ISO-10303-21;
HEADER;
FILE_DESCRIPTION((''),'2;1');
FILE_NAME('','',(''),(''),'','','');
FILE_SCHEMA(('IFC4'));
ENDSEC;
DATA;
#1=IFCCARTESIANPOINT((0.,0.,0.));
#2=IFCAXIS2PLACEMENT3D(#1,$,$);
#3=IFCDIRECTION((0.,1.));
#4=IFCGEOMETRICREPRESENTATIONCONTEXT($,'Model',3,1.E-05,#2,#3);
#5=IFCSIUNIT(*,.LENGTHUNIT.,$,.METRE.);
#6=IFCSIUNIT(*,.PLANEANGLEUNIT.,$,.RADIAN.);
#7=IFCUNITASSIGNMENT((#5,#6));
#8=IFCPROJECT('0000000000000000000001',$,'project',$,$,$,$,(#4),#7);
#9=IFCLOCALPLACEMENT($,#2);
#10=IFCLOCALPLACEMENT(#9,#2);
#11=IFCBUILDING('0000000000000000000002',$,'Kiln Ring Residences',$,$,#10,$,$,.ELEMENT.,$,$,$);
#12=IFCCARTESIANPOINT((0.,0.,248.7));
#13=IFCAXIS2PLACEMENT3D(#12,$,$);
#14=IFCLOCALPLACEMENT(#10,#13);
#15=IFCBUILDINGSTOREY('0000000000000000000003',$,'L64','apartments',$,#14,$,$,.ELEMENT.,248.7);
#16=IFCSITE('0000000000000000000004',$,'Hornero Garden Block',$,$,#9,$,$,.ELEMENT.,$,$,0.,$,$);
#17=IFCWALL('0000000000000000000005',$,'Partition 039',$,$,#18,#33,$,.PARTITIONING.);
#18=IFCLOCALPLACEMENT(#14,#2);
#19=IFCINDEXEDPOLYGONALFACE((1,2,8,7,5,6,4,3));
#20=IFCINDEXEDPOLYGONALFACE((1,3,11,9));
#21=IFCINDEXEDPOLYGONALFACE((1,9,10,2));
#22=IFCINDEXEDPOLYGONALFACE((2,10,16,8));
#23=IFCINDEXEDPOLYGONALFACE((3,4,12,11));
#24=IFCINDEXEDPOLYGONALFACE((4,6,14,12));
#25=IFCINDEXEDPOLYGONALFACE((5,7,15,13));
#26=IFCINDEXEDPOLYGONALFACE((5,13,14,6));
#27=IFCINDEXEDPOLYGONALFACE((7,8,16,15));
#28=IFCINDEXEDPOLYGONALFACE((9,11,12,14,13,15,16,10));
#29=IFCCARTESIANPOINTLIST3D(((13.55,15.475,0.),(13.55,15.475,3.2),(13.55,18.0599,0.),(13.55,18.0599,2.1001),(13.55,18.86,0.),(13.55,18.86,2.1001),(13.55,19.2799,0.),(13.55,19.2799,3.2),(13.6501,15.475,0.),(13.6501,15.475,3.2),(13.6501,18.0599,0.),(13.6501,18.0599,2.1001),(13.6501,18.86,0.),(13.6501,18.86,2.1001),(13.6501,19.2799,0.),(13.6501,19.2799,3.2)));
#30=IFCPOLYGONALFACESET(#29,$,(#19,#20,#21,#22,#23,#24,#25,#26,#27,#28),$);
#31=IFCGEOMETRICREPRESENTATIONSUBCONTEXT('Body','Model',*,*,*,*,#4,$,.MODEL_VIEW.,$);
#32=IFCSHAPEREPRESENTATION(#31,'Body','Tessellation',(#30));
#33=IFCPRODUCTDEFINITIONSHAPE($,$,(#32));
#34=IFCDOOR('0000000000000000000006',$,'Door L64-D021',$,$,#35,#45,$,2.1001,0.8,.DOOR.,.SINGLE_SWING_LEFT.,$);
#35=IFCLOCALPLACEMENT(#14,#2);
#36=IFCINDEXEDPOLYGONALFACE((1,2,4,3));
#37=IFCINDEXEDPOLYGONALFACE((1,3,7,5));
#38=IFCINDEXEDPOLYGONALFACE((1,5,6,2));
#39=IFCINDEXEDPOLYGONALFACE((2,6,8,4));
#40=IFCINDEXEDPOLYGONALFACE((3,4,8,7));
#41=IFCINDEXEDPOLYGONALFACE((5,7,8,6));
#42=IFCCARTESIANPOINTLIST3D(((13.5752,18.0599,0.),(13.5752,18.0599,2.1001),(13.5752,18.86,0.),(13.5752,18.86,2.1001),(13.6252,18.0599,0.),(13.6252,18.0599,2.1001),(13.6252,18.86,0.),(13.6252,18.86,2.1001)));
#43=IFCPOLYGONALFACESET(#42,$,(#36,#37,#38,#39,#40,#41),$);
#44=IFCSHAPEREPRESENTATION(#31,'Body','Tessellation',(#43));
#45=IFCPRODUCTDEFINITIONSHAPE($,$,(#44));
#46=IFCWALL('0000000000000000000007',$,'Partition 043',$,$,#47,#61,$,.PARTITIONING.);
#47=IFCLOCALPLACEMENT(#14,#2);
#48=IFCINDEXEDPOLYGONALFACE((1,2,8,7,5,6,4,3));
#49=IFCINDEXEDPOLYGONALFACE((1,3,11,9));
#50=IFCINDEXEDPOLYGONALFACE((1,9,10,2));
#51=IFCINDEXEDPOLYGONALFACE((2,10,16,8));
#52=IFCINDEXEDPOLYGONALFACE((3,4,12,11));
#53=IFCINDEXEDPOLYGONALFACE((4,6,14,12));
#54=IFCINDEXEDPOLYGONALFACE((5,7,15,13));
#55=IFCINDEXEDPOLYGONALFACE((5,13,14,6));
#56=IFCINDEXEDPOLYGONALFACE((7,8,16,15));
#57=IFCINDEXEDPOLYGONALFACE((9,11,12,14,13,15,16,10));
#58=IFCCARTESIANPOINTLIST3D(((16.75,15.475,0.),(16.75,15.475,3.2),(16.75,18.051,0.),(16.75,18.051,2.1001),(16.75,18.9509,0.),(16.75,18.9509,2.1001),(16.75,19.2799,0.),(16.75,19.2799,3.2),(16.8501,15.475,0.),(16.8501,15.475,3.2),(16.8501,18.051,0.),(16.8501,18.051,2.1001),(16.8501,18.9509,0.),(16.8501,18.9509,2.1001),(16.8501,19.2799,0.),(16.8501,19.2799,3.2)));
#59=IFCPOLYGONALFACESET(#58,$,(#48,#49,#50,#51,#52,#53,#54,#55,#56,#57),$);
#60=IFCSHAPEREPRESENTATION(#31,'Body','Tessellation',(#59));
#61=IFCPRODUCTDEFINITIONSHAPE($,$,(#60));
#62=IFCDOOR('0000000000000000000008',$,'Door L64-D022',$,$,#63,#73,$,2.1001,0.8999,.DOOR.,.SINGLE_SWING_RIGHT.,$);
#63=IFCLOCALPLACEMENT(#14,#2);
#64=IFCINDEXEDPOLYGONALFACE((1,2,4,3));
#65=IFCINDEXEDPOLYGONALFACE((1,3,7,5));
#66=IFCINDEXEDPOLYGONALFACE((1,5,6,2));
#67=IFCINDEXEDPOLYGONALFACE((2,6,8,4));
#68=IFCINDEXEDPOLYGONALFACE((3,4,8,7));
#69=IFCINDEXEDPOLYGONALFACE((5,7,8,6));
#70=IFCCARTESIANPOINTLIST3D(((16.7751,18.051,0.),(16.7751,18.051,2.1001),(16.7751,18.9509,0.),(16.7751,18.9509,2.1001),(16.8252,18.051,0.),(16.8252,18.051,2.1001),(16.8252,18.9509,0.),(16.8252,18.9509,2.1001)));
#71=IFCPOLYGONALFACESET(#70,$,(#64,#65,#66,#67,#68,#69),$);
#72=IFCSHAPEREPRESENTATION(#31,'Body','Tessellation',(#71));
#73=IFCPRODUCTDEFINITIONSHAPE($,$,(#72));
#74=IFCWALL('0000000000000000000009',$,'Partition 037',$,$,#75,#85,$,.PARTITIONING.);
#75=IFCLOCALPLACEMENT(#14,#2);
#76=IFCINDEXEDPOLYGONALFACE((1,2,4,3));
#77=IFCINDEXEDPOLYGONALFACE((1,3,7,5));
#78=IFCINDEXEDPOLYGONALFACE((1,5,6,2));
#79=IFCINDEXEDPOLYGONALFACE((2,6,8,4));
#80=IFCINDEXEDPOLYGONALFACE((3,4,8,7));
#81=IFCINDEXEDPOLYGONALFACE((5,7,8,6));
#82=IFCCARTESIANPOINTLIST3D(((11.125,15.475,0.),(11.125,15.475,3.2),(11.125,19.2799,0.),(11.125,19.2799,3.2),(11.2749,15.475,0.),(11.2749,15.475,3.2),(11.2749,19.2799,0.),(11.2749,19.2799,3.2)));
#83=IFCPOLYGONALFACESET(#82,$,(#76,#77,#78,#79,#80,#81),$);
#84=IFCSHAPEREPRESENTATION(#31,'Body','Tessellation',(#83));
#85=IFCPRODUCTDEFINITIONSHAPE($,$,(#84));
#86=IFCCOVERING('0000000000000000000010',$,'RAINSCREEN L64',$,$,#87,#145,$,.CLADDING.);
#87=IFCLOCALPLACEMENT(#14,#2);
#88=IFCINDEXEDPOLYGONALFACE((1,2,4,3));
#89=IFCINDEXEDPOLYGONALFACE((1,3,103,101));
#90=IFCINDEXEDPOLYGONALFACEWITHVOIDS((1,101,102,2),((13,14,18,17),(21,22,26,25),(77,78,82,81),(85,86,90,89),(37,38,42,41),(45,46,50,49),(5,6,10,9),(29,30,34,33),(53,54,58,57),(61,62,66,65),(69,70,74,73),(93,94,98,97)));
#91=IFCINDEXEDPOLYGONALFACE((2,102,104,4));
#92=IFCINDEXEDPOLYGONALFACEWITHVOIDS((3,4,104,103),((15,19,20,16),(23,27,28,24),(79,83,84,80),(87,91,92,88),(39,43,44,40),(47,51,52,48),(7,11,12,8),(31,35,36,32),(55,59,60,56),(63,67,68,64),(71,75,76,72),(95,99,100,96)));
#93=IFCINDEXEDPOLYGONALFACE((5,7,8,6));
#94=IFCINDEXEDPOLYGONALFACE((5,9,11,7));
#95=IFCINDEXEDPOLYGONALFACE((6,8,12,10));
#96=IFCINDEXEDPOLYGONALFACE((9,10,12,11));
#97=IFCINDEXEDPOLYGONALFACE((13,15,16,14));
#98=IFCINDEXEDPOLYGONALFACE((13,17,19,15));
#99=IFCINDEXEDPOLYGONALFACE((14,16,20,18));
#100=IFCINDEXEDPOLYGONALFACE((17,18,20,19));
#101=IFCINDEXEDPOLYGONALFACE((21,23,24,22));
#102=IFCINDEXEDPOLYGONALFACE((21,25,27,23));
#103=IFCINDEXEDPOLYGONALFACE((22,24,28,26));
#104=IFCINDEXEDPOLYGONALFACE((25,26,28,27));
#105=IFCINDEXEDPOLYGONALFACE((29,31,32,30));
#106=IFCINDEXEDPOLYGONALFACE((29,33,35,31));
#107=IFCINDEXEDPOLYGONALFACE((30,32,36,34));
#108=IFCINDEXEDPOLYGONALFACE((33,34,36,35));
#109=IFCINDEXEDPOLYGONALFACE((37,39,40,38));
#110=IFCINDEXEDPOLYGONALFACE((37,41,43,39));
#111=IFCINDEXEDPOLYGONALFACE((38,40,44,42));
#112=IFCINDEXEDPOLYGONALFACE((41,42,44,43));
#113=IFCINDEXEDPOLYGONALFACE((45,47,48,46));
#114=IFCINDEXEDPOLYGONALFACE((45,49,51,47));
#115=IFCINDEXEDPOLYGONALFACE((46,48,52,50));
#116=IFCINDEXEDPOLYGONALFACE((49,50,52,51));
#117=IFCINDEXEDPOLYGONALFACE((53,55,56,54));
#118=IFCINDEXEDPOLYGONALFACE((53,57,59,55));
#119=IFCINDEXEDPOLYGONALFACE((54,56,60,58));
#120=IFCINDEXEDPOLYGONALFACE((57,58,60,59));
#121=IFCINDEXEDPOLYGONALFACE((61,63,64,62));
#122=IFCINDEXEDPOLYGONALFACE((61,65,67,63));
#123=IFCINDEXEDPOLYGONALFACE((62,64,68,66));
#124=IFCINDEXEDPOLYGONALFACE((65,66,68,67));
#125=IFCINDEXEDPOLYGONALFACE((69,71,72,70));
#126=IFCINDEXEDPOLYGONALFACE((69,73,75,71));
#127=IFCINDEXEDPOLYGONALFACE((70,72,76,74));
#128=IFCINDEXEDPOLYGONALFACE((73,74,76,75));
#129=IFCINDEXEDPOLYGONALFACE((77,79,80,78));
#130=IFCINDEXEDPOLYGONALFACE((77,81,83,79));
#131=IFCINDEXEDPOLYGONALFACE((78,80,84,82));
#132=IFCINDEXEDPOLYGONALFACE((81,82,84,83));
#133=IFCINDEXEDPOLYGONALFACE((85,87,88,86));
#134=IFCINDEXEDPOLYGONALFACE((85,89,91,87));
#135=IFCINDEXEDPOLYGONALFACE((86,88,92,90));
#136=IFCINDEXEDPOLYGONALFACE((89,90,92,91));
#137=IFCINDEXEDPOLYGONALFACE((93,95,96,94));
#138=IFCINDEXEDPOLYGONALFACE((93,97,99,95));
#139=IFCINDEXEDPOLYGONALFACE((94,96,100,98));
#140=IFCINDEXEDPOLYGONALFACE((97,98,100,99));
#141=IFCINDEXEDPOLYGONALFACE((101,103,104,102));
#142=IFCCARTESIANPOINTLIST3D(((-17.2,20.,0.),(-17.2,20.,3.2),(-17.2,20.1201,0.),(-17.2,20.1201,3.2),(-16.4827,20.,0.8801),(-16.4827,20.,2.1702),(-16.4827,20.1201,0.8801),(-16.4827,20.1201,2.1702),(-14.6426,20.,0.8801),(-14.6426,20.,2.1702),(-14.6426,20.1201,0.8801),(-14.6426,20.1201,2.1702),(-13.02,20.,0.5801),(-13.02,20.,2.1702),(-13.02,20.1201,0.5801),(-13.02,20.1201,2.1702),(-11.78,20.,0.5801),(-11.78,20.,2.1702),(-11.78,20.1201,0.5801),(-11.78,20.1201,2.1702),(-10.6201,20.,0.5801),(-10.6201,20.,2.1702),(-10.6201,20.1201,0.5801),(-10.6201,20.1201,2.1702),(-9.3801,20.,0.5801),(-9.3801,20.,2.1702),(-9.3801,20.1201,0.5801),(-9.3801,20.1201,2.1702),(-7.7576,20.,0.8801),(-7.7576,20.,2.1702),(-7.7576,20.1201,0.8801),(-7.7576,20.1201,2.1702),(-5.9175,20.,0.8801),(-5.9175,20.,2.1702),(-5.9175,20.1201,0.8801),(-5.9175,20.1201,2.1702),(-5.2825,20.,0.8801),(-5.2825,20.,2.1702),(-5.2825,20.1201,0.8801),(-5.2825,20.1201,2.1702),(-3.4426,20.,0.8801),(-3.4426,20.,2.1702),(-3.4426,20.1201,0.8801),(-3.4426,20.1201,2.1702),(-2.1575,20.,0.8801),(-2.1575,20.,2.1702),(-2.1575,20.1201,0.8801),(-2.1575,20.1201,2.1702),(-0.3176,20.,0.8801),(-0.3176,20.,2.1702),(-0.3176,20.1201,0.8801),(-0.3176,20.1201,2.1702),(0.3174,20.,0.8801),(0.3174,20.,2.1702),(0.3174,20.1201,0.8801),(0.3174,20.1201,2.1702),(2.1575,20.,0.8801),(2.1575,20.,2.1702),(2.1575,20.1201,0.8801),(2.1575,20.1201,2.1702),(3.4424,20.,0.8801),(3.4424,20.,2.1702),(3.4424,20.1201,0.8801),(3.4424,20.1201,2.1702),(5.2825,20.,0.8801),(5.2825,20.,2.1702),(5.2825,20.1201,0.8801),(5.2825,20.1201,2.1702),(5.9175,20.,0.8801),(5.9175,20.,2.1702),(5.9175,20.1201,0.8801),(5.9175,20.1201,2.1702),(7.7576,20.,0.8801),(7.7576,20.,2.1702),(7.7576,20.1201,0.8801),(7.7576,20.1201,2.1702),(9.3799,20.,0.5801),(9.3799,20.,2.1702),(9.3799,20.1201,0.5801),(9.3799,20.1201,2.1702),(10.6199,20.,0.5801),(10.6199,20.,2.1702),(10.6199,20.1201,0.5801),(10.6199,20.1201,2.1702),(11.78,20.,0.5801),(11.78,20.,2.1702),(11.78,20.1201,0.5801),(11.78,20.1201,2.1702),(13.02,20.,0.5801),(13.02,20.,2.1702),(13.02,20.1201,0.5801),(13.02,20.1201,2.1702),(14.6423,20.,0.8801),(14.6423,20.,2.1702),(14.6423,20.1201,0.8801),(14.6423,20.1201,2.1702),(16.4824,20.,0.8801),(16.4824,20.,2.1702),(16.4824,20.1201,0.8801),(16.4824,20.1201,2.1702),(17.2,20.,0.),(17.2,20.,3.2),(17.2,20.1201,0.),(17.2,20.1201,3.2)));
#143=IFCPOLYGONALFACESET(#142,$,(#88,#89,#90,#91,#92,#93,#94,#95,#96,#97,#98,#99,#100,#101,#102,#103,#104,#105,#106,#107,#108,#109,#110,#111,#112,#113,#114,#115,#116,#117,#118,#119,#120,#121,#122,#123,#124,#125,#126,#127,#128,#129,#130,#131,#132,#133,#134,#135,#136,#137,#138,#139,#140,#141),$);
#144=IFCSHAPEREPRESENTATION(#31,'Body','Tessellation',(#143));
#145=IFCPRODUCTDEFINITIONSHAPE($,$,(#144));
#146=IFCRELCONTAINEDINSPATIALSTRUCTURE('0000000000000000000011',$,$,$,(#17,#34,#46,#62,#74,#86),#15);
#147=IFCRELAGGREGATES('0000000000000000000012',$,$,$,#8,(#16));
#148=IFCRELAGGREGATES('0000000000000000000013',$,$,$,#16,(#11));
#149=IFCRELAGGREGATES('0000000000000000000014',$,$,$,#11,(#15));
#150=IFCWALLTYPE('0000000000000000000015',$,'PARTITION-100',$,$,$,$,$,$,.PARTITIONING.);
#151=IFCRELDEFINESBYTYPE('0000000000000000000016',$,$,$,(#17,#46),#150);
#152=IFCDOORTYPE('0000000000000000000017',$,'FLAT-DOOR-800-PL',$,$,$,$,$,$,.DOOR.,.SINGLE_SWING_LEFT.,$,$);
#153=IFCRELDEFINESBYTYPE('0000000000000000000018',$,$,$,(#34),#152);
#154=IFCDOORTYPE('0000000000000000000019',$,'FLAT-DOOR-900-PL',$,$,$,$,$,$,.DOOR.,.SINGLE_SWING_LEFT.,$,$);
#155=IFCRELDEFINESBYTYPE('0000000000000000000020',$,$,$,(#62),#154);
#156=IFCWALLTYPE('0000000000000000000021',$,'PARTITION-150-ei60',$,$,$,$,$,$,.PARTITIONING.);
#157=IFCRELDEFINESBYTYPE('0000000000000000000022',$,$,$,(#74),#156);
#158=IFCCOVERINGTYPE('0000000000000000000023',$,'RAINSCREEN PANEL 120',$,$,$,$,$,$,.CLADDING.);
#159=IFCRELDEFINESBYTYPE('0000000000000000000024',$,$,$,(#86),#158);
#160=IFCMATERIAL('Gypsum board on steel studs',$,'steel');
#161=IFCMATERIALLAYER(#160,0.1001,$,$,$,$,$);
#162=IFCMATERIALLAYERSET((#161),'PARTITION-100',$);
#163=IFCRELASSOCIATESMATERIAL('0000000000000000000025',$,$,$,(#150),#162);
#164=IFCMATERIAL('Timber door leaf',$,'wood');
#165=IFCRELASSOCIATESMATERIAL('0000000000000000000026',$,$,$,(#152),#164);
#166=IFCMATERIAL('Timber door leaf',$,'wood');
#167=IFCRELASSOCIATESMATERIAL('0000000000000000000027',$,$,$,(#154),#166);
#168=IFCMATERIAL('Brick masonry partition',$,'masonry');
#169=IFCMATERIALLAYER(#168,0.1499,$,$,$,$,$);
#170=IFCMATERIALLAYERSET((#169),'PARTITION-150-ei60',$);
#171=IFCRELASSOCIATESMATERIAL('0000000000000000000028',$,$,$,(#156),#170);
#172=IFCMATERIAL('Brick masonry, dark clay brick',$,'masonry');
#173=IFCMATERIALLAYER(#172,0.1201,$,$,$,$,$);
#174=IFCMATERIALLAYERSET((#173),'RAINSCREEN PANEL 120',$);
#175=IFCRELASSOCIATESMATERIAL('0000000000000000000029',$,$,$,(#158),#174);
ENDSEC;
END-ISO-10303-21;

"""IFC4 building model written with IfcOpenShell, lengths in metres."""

from ifc_helpers import new_model, si_unit, direction, frame, frame_2d, origin, place, context, subcontext, project, spatial, polyline, rectangle, outline, extrude, material, layer, layer_set, type_object, element, fill, save


model = new_model("IFC4")

# Units and contexts
model_context = context("Model", 3, precision=1e-05, world=origin(), true_north=direction((0.0, 1.0)))
body_context = subcontext(model_context, "Body", "Model", "MODEL_VIEW")
ifc_project = project(units=[si_unit("LENGTHUNIT", "METRE"), si_unit("PLANEANGLEUNIT", "RADIAN")], contexts=[model_context])

# Site, building, storey
site_placement = place(None, origin())
site = spatial("IfcSite", under=ifc_project, at=site_placement, Name="Hornero Garden Block", CompositionType="ELEMENT", RefElevation=0.0)
building_placement = place(site_placement, origin())
building = spatial("IfcBuilding", under=site, at=building_placement, Name="Kiln Ring Residences", CompositionType="ELEMENT")
storey_placement = place(building_placement, frame((0.0, 0.0, 248.7)))
storey = spatial("IfcBuildingStorey", under=building, at=storey_placement, Name="L64", Description="apartments", CompositionType="ELEMENT", Elevation=248.7)

# Walls, openings, doors
ifc_material_1 = material(Name="Gypsum board on steel studs", Category="steel")
ifc_layer_1 = layer(ifc_material_1, 0.1001)
ifc_layer_set_1 = layer_set([ifc_layer_1], Name="PARTITION-100")
wall_type_1 = type_object("IfcWallType", Name="PARTITION-100", PredefinedType="PARTITIONING", material=ifc_layer_set_1)
wall_1_placement = place(storey_placement, frame((13.6001, 15.4751, 0.0), z_axis=(0.0, 0.0, 1.0), x_axis=(0.0, 1.0, 0.0)))
wall_1 = element("IfcWall", 1, at=wall_1_placement, inside=storey, type_object=wall_type_1, Name="Partition 039", PredefinedType="PARTITIONING", context=body_context, shape_type="SweptSolid", body=[
    extrude(rectangle(XDim=3.8049, YDim=0.1001, at=frame_2d((1.9023, 0.0))), origin(), (0.0, 0.0, 1.0), 3.2),
])
opening_1_placement = place(wall_1_placement, frame((2.585, 0.0, 0.0)))
opening_1 = element("IfcOpeningElement", 2, at=opening_1_placement, cuts=wall_1, PredefinedType="OPENING", context=body_context, shape_type="SweptSolid", body=[
    extrude(rectangle(XDim=0.8, YDim=2.1001, at=frame_2d((0.3999, 1.05))), frame((0.0, 0.0601, 0.0), z_axis=(0.0, -1.0, 0.0), x_axis=(1.0, 0.0, 0.0)), (0.0, 0.0, 1.0), 0.1201),
])
ifc_material_2 = material(Name="Timber door leaf", Category="wood")
door_type_1 = type_object("IfcDoorType", Name="FLAT-DOOR-800-PL", OperationType="SINGLE_SWING_LEFT", PredefinedType="DOOR", material=ifc_material_2)
door_1_placement = place(opening_1_placement, origin())
door_1 = element("IfcDoor", 3, at=door_1_placement, inside=storey, type_object=door_type_1, Name="Door L64-D021", OperationType="SINGLE_SWING_LEFT", OverallHeight=2.1001, OverallWidth=0.8, PredefinedType="DOOR", context=body_context, shape_type="SweptSolid", body=[
    extrude(rectangle(XDim=0.8, YDim=2.1001, at=frame_2d((0.3999, 1.05))), frame((0.0, 0.0249, 0.0), z_axis=(0.0, -1.0, 0.0), x_axis=(1.0, 0.0, 0.0)), (0.0, 0.0, 1.0), 0.05),
])
fill(opening_1, door_1)
wall_2_placement = place(storey_placement, frame((16.8, 15.4751, 0.0), z_axis=(0.0, 0.0, 1.0), x_axis=(0.0, 1.0, 0.0)))
wall_2 = element("IfcWall", 4, at=wall_2_placement, inside=storey, type_object=wall_type_1, Name="Partition 043", PredefinedType="PARTITIONING", context=body_context, shape_type="SweptSolid", body=[
    extrude(rectangle(XDim=3.8049, YDim=0.1001, at=frame_2d((1.9023, 0.0))), origin(), (0.0, 0.0, 1.0), 3.2),
])
opening_2_placement = place(wall_2_placement, frame((2.5759, 0.0, 0.0)))
opening_2 = element("IfcOpeningElement", 5, at=opening_2_placement, cuts=wall_2, PredefinedType="OPENING", context=body_context, shape_type="SweptSolid", body=[
    extrude(rectangle(XDim=0.8999, YDim=2.1001, at=frame_2d((0.45, 1.05))), frame((0.0, 0.0601, 0.0), z_axis=(0.0, -1.0, 0.0), x_axis=(1.0, 0.0, 0.0)), (0.0, 0.0, 1.0), 0.1201),
])
ifc_material_3 = material(Name="Timber door leaf", Category="wood")
door_type_2 = type_object("IfcDoorType", Name="FLAT-DOOR-900-PL", OperationType="SINGLE_SWING_LEFT", PredefinedType="DOOR", material=ifc_material_3)
door_2_placement = place(opening_2_placement, origin())
door_2 = element("IfcDoor", 6, at=door_2_placement, inside=storey, type_object=door_type_2, Name="Door L64-D022", OperationType="SINGLE_SWING_RIGHT", OverallHeight=2.1001, OverallWidth=0.8999, PredefinedType="DOOR", context=body_context, shape_type="SweptSolid", body=[
    extrude(rectangle(XDim=0.8999, YDim=2.1001, at=frame_2d((0.45, 1.05))), frame((0.0, 0.0249, 0.0), z_axis=(0.0, -1.0, 0.0), x_axis=(1.0, 0.0, 0.0)), (0.0, 0.0, 1.0), 0.05),
])
fill(opening_2, door_2)

# Wall
ifc_material_4 = material(Name="Brick masonry partition", Category="masonry")
ifc_layer_2 = layer(ifc_material_4, 0.1499)
ifc_layer_set_2 = layer_set([ifc_layer_2], Name="PARTITION-150-ei60")
wall_type_2 = type_object("IfcWallType", Name="PARTITION-150-ei60", PredefinedType="PARTITIONING", material=ifc_layer_set_2)
wall_3_placement = place(storey_placement, frame((11.2, 15.4751, 0.0), z_axis=(0.0, 0.0, 1.0), x_axis=(0.0, 1.0, 0.0)))
element("IfcWall", 7, at=wall_3_placement, inside=storey, type_object=wall_type_2, Name="Partition 037", PredefinedType="PARTITIONING", context=body_context, shape_type="SweptSolid", body=[
    extrude(rectangle(XDim=3.8049, YDim=0.1499, at=frame_2d((1.9023, 0.0))), origin(), (0.0, 0.0, 1.0), 3.2),
])

# Covering
ifc_material_5 = material(Name="Brick masonry, dark clay brick", Category="masonry")
ifc_layer_3 = layer(ifc_material_5, 0.1201)
ifc_layer_set_3 = layer_set([ifc_layer_3], Name="RAINSCREEN PANEL 120")
covering_type = type_object("IfcCoveringType", Name="RAINSCREEN PANEL 120", PredefinedType="CLADDING", material=ifc_layer_set_3)
covering_placement = place(storey_placement, frame((17.2, 20.0601, 0.0), z_axis=(0.0, 0.0, 1.0), x_axis=(-1.0, 0.0, 0.0)))
element("IfcCovering", 8, at=covering_placement, inside=storey, type_object=covering_type, Name="RAINSCREEN L64", PredefinedType="CLADDING", context=body_context, shape_type="SweptSolid", body=[
    extrude(outline(polyline([(0.0, 0.0), (34.3999, 0.0), (34.3999, 3.2), (0.0, 3.2), (0.0, 0.0)]), holes=[polyline([(4.1799, 0.5801), (5.4199, 0.5801), (5.4199, 2.1702), (4.1799, 2.1702), (4.1799, 0.5801)]), polyline([(6.5801, 2.1702), (6.5801, 0.5801), (7.8201, 0.5801), (7.8201, 2.1702), (6.5801, 2.1702)]), polyline([(0.7175, 2.1702), (0.7175, 0.8801), (2.5576, 0.8801), (2.5576, 2.1702), (0.7175, 2.1702)]), polyline([(9.4424, 0.8801), (11.2825, 0.8801), (11.2825, 2.1702), (9.4424, 2.1702), (9.4424, 0.8801)]), polyline([(11.9175, 2.1702), (11.9175, 0.8801), (13.7576, 0.8801), (13.7576, 2.1702), (11.9175, 2.1702)]), polyline([(15.0425, 2.1702), (15.0425, 0.8801), (16.8826, 0.8801), (16.8826, 2.1702), (15.0425, 2.1702)]), polyline([(26.5801, 0.5801), (27.8201, 0.5801), (27.8201, 2.1702), (26.5801, 2.1702), (26.5801, 0.5801)]), polyline([(28.98, 2.1702), (28.98, 0.5801), (30.22, 0.5801), (30.22, 2.1702), (28.98, 2.1702)]), polyline([(17.5176, 2.1702), (17.5176, 0.8801), (19.3574, 0.8801), (19.3574, 2.1702), (17.5176, 2.1702)]), polyline([(20.6426, 0.8801), (22.4824, 0.8801), (22.4824, 2.1702), (20.6426, 2.1702), (20.6426, 0.8801)]), polyline([(23.1174, 2.1702), (23.1174, 0.8801), (24.9575, 0.8801), (24.9575, 2.1702), (23.1174, 2.1702)]), polyline([(31.8425, 2.1702), (31.8425, 0.8801), (33.6826, 0.8801), (33.6826, 2.1702), (31.8425, 2.1702)])]), frame((0.0, 0.0601, 0.0), z_axis=(0.0, -1.0, 0.0), x_axis=(1.0, 0.0, 0.0)), (0.0, 0.0, 1.0), 0.1201),
])

save(model, "model.ifc")
